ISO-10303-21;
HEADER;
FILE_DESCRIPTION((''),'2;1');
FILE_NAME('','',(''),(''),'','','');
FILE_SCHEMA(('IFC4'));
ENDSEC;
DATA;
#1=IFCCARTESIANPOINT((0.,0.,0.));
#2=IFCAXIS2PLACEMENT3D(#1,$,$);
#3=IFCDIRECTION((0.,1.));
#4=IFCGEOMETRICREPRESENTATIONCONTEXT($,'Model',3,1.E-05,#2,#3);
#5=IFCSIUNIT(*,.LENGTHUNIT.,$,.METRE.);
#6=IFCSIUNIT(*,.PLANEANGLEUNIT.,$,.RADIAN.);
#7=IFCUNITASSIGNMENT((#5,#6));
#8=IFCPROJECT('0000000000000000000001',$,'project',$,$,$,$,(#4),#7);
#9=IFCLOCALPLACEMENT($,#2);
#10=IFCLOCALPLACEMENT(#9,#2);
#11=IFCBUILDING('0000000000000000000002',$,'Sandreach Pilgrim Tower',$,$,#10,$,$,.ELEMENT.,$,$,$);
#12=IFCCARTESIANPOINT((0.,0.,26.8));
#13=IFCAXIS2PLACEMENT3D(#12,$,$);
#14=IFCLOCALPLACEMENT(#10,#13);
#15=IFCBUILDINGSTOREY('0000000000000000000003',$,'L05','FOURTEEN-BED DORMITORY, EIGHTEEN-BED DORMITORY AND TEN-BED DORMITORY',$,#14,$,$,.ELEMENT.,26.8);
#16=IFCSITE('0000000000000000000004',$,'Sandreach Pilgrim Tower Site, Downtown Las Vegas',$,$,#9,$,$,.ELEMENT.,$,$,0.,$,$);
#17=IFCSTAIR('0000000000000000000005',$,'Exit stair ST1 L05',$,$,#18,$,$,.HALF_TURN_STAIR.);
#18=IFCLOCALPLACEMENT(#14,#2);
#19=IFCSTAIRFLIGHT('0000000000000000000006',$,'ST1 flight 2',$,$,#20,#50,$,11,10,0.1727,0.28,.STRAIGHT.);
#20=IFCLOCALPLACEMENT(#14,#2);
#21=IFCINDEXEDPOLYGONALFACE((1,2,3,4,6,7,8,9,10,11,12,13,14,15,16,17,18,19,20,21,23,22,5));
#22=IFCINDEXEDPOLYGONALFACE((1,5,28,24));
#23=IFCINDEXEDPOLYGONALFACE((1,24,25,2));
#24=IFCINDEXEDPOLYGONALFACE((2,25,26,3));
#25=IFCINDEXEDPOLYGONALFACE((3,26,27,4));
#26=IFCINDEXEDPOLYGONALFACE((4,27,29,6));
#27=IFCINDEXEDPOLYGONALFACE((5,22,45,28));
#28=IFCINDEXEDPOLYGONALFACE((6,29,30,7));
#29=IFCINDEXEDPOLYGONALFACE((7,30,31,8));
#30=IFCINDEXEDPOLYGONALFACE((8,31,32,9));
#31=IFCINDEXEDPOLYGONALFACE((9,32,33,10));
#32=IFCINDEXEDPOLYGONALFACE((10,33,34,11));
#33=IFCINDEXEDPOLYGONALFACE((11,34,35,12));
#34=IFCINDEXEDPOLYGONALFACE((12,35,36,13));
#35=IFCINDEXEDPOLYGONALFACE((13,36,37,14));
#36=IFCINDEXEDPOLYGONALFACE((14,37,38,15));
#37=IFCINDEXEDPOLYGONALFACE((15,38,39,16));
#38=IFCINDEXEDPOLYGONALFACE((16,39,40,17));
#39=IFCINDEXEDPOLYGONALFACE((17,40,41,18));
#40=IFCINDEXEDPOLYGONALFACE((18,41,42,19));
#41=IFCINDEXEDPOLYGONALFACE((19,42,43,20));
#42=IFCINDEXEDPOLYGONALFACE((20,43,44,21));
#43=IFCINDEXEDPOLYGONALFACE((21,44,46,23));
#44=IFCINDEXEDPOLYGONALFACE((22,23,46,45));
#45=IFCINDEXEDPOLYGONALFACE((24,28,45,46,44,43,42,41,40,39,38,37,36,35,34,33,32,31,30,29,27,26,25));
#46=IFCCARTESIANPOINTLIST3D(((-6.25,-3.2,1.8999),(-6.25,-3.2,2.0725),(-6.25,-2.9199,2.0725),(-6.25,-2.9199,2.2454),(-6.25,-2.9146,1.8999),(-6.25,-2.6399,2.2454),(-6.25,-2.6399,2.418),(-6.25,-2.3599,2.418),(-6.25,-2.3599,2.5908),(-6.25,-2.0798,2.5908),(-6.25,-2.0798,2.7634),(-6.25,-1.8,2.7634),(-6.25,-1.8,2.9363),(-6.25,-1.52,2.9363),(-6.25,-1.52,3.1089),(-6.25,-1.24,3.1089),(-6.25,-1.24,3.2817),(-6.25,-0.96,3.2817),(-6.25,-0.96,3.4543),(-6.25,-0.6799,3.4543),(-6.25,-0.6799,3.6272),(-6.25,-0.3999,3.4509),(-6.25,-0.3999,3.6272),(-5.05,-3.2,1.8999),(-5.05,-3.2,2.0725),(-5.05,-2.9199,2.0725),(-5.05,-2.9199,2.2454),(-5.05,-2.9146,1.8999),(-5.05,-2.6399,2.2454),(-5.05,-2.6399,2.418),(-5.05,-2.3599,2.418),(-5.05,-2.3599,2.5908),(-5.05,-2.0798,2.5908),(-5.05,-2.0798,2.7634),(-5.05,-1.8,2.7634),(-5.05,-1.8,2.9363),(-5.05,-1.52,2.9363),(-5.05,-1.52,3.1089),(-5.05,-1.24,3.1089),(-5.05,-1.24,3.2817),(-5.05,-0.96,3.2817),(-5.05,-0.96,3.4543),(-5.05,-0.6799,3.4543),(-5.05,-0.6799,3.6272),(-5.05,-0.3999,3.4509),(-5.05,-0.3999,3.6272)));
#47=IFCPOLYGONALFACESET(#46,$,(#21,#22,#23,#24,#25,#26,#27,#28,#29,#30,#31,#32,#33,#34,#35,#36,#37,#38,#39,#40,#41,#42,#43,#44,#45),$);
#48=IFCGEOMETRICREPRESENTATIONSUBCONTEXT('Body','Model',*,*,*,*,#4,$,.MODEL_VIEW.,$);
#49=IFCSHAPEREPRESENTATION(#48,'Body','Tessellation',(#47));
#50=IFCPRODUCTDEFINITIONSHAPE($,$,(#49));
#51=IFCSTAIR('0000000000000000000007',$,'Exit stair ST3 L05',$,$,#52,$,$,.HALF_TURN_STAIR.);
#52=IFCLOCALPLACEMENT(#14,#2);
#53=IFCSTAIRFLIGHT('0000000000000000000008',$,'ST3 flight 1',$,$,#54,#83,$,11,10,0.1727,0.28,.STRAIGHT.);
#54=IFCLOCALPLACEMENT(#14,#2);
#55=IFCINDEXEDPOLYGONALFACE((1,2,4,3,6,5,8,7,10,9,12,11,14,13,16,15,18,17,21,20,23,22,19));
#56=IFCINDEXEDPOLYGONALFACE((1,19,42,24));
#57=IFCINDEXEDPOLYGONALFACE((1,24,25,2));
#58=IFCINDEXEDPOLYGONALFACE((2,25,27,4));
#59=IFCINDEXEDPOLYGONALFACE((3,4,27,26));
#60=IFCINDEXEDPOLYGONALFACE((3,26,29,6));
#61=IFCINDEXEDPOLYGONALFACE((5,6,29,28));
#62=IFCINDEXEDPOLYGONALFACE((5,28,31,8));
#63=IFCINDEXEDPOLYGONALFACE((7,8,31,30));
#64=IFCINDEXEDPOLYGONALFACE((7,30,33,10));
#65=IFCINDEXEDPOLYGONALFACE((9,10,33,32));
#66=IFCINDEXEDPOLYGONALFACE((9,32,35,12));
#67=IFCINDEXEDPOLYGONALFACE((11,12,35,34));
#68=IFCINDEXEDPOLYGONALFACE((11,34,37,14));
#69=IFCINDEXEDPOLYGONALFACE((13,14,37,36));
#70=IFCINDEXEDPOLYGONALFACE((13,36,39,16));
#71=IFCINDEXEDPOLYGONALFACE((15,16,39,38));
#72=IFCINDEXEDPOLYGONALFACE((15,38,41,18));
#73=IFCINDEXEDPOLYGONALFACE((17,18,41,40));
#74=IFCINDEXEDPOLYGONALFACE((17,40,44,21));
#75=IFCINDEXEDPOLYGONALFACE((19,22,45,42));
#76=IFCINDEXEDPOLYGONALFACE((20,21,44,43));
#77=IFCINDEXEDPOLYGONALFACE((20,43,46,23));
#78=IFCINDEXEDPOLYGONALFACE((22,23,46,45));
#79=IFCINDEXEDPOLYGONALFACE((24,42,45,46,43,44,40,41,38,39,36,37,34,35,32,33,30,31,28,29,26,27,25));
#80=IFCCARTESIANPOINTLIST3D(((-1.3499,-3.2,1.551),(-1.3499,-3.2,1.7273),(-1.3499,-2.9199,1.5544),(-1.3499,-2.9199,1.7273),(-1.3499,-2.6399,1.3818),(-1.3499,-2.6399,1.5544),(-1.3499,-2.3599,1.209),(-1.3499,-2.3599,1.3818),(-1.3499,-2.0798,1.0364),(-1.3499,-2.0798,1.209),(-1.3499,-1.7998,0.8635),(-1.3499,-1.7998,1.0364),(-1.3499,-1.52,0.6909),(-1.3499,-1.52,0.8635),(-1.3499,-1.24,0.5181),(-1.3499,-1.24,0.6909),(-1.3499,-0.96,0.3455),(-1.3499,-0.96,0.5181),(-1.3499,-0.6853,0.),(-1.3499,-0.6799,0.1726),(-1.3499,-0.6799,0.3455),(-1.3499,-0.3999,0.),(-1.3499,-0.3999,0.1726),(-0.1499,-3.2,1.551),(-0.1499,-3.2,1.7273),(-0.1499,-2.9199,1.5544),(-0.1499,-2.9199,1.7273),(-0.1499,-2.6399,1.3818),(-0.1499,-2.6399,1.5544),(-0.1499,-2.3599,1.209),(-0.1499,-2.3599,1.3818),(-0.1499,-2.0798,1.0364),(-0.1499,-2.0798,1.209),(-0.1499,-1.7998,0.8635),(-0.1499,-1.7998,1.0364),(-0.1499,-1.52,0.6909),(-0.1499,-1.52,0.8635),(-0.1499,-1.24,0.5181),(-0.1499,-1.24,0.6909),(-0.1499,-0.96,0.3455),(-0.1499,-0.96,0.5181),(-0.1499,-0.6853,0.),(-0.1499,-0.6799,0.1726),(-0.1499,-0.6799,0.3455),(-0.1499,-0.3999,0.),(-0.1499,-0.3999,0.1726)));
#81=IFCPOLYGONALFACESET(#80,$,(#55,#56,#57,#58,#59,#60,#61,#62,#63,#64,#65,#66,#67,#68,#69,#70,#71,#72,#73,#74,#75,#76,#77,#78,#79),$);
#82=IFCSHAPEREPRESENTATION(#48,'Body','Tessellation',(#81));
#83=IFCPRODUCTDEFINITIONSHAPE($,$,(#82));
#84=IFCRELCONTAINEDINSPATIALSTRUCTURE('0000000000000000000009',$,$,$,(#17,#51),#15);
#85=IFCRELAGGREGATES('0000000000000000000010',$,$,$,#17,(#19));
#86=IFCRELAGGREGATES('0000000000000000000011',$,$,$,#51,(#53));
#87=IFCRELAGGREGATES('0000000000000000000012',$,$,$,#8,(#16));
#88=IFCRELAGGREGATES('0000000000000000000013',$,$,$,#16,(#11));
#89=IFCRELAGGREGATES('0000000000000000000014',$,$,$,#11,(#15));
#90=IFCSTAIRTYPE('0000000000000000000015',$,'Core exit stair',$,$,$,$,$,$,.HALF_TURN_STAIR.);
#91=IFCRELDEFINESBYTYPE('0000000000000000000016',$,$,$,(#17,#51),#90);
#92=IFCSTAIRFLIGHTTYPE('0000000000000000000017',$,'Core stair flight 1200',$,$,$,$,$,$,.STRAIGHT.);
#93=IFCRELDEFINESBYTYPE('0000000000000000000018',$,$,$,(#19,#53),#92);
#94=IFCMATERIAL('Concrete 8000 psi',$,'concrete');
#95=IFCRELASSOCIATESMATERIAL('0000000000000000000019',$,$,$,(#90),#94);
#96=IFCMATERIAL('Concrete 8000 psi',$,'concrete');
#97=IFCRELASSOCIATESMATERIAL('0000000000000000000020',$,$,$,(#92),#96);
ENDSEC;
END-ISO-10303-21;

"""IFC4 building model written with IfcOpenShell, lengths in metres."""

from ifc_helpers import new_model, si_unit, direction, frame, origin, place, context, subcontext, project, spatial, polyline, outline, extrude, material, type_object, element, aggregate, save


model = new_model("IFC4")

# Units and contexts
model_context = context("Model", 3, precision=1e-05, world=origin(), true_north=direction((0.0, 1.0)))
body_context = subcontext(model_context, "Body", "Model", "MODEL_VIEW")
ifc_project = project(units=[si_unit("LENGTHUNIT", "METRE"), si_unit("PLANEANGLEUNIT", "RADIAN")], contexts=[model_context])

# Site, building, storey
site_placement = place(None, origin())
site = spatial("IfcSite", under=ifc_project, at=site_placement, Name="Sandreach Pilgrim Tower Site, Downtown Las Vegas", CompositionType="ELEMENT", RefElevation=0.0)
building_placement = place(site_placement, origin())
building = spatial("IfcBuilding", under=site, at=building_placement, Name="Sandreach Pilgrim Tower", CompositionType="ELEMENT")
storey_placement = place(building_placement, frame((0.0, 0.0, 26.8)))
storey = spatial("IfcBuildingStorey", under=building, at=storey_placement, Name="L05", Description="FOURTEEN-BED DORMITORY, EIGHTEEN-BED DORMITORY AND TEN-BED DORMITORY", CompositionType="ELEMENT", Elevation=26.8)

# Stairs, stair flights
ifc_material_1 = material(Name="Concrete 8000 psi", Category="concrete")
stair_type = type_object("IfcStairType", Name="Core exit stair", PredefinedType="HALF_TURN_STAIR", material=ifc_material_1)
stair_1_placement = place(storey_placement, origin())
stair_1 = element("IfcStair", 1, at=stair_1_placement, inside=storey, type_object=stair_type, Name="Exit stair ST1 L05", PredefinedType="HALF_TURN_STAIR")
ifc_material_2 = material(Name="Concrete 8000 psi", Category="concrete")
stair_flight_type = type_object("IfcStairFlightType", Name="Core stair flight 1200", PredefinedType="STRAIGHT", material=ifc_material_2)
stair_flight_1_placement = place(storey_placement, frame((-5.6499, -3.2, 1.8999), z_axis=(0.0, 0.0, 1.0), x_axis=(0.0, 1.0, 0.0)))
stair_flight_1 = element("IfcStairFlight", 2, at=stair_flight_1_placement, type_object=stair_flight_type, Name="ST1 flight 2", NumberOfRisers=11, NumberOfTreads=10, PredefinedType="STRAIGHT", RiserHeight=0.1727, TreadLength=0.28, context=body_context, shape_type="SweptSolid", body=[
    extrude(outline(polyline([(0.0, 0.0), (0.0, 0.1726), (0.28, 0.1726), (0.28, 0.3455), (0.5601, 0.3455), (0.5601, 0.5181), (0.8401, 0.5181), (0.8401, 0.6909), (1.1201, 0.6909), (1.1201, 0.8635), (1.3999, 0.8635), (1.3999, 1.0364), (1.6799, 1.0364), (1.6799, 1.209), (1.96, 1.209), (1.96, 1.3818), (2.24, 1.3818), (2.24, 1.5544), (2.52, 1.5544), (2.52, 1.7273), (2.8, 1.7273), (2.8, 1.8999), (2.8, 1.551), (0.2854, 0.0), (0.0, 0.0)])), frame((0.0, 0.6001, 0.0), z_axis=(0.0, -1.0, 0.0), x_axis=(1.0, 0.0, 0.0)), (0.0, 0.0, 1.0), 1.2),
])
aggregate(stair_1, [stair_flight_1])
stair_2_placement = place(storey_placement, origin())
stair_2 = element("IfcStair", 3, at=stair_2_placement, inside=storey, type_object=stair_type, Name="Exit stair ST3 L05", PredefinedType="HALF_TURN_STAIR")
stair_flight_2_placement = place(storey_placement, frame((-0.75, -0.3999, 0.0), z_axis=(0.0, 0.0, 1.0), x_axis=(0.0, -1.0, 0.0)))
stair_flight_2 = element("IfcStairFlight", 4, at=stair_flight_2_placement, type_object=stair_flight_type, Name="ST3 flight 1", NumberOfRisers=11, NumberOfTreads=10, PredefinedType="STRAIGHT", RiserHeight=0.1727, TreadLength=0.28, context=body_context, shape_type="SweptSolid", body=[
    extrude(outline(polyline([(0.0, 0.0), (0.0, 0.1726), (0.28, 0.1726), (0.28, 0.3455), (0.5601, 0.3455), (0.5601, 0.5181), (0.8401, 0.5181), (0.8401, 0.6909), (1.1201, 0.6909), (1.1201, 0.8635), (1.3999, 0.8635), (1.3999, 1.0364), (1.6799, 1.0364), (1.6799, 1.209), (1.96, 1.209), (1.96, 1.3818), (2.24, 1.3818), (2.24, 1.5544), (2.52, 1.5544), (2.52, 1.7273), (2.8, 1.7273), (2.8, 1.8999), (2.8, 1.551), (0.2854, 0.0), (0.0, 0.0)])), frame((0.0, 0.6001, 0.0), z_axis=(0.0, -1.0, 0.0), x_axis=(1.0, 0.0, 0.0)), (0.0, 0.0, 1.0), 1.2),
])
aggregate(stair_2, [stair_flight_2])

save(model, "model.ifc")
